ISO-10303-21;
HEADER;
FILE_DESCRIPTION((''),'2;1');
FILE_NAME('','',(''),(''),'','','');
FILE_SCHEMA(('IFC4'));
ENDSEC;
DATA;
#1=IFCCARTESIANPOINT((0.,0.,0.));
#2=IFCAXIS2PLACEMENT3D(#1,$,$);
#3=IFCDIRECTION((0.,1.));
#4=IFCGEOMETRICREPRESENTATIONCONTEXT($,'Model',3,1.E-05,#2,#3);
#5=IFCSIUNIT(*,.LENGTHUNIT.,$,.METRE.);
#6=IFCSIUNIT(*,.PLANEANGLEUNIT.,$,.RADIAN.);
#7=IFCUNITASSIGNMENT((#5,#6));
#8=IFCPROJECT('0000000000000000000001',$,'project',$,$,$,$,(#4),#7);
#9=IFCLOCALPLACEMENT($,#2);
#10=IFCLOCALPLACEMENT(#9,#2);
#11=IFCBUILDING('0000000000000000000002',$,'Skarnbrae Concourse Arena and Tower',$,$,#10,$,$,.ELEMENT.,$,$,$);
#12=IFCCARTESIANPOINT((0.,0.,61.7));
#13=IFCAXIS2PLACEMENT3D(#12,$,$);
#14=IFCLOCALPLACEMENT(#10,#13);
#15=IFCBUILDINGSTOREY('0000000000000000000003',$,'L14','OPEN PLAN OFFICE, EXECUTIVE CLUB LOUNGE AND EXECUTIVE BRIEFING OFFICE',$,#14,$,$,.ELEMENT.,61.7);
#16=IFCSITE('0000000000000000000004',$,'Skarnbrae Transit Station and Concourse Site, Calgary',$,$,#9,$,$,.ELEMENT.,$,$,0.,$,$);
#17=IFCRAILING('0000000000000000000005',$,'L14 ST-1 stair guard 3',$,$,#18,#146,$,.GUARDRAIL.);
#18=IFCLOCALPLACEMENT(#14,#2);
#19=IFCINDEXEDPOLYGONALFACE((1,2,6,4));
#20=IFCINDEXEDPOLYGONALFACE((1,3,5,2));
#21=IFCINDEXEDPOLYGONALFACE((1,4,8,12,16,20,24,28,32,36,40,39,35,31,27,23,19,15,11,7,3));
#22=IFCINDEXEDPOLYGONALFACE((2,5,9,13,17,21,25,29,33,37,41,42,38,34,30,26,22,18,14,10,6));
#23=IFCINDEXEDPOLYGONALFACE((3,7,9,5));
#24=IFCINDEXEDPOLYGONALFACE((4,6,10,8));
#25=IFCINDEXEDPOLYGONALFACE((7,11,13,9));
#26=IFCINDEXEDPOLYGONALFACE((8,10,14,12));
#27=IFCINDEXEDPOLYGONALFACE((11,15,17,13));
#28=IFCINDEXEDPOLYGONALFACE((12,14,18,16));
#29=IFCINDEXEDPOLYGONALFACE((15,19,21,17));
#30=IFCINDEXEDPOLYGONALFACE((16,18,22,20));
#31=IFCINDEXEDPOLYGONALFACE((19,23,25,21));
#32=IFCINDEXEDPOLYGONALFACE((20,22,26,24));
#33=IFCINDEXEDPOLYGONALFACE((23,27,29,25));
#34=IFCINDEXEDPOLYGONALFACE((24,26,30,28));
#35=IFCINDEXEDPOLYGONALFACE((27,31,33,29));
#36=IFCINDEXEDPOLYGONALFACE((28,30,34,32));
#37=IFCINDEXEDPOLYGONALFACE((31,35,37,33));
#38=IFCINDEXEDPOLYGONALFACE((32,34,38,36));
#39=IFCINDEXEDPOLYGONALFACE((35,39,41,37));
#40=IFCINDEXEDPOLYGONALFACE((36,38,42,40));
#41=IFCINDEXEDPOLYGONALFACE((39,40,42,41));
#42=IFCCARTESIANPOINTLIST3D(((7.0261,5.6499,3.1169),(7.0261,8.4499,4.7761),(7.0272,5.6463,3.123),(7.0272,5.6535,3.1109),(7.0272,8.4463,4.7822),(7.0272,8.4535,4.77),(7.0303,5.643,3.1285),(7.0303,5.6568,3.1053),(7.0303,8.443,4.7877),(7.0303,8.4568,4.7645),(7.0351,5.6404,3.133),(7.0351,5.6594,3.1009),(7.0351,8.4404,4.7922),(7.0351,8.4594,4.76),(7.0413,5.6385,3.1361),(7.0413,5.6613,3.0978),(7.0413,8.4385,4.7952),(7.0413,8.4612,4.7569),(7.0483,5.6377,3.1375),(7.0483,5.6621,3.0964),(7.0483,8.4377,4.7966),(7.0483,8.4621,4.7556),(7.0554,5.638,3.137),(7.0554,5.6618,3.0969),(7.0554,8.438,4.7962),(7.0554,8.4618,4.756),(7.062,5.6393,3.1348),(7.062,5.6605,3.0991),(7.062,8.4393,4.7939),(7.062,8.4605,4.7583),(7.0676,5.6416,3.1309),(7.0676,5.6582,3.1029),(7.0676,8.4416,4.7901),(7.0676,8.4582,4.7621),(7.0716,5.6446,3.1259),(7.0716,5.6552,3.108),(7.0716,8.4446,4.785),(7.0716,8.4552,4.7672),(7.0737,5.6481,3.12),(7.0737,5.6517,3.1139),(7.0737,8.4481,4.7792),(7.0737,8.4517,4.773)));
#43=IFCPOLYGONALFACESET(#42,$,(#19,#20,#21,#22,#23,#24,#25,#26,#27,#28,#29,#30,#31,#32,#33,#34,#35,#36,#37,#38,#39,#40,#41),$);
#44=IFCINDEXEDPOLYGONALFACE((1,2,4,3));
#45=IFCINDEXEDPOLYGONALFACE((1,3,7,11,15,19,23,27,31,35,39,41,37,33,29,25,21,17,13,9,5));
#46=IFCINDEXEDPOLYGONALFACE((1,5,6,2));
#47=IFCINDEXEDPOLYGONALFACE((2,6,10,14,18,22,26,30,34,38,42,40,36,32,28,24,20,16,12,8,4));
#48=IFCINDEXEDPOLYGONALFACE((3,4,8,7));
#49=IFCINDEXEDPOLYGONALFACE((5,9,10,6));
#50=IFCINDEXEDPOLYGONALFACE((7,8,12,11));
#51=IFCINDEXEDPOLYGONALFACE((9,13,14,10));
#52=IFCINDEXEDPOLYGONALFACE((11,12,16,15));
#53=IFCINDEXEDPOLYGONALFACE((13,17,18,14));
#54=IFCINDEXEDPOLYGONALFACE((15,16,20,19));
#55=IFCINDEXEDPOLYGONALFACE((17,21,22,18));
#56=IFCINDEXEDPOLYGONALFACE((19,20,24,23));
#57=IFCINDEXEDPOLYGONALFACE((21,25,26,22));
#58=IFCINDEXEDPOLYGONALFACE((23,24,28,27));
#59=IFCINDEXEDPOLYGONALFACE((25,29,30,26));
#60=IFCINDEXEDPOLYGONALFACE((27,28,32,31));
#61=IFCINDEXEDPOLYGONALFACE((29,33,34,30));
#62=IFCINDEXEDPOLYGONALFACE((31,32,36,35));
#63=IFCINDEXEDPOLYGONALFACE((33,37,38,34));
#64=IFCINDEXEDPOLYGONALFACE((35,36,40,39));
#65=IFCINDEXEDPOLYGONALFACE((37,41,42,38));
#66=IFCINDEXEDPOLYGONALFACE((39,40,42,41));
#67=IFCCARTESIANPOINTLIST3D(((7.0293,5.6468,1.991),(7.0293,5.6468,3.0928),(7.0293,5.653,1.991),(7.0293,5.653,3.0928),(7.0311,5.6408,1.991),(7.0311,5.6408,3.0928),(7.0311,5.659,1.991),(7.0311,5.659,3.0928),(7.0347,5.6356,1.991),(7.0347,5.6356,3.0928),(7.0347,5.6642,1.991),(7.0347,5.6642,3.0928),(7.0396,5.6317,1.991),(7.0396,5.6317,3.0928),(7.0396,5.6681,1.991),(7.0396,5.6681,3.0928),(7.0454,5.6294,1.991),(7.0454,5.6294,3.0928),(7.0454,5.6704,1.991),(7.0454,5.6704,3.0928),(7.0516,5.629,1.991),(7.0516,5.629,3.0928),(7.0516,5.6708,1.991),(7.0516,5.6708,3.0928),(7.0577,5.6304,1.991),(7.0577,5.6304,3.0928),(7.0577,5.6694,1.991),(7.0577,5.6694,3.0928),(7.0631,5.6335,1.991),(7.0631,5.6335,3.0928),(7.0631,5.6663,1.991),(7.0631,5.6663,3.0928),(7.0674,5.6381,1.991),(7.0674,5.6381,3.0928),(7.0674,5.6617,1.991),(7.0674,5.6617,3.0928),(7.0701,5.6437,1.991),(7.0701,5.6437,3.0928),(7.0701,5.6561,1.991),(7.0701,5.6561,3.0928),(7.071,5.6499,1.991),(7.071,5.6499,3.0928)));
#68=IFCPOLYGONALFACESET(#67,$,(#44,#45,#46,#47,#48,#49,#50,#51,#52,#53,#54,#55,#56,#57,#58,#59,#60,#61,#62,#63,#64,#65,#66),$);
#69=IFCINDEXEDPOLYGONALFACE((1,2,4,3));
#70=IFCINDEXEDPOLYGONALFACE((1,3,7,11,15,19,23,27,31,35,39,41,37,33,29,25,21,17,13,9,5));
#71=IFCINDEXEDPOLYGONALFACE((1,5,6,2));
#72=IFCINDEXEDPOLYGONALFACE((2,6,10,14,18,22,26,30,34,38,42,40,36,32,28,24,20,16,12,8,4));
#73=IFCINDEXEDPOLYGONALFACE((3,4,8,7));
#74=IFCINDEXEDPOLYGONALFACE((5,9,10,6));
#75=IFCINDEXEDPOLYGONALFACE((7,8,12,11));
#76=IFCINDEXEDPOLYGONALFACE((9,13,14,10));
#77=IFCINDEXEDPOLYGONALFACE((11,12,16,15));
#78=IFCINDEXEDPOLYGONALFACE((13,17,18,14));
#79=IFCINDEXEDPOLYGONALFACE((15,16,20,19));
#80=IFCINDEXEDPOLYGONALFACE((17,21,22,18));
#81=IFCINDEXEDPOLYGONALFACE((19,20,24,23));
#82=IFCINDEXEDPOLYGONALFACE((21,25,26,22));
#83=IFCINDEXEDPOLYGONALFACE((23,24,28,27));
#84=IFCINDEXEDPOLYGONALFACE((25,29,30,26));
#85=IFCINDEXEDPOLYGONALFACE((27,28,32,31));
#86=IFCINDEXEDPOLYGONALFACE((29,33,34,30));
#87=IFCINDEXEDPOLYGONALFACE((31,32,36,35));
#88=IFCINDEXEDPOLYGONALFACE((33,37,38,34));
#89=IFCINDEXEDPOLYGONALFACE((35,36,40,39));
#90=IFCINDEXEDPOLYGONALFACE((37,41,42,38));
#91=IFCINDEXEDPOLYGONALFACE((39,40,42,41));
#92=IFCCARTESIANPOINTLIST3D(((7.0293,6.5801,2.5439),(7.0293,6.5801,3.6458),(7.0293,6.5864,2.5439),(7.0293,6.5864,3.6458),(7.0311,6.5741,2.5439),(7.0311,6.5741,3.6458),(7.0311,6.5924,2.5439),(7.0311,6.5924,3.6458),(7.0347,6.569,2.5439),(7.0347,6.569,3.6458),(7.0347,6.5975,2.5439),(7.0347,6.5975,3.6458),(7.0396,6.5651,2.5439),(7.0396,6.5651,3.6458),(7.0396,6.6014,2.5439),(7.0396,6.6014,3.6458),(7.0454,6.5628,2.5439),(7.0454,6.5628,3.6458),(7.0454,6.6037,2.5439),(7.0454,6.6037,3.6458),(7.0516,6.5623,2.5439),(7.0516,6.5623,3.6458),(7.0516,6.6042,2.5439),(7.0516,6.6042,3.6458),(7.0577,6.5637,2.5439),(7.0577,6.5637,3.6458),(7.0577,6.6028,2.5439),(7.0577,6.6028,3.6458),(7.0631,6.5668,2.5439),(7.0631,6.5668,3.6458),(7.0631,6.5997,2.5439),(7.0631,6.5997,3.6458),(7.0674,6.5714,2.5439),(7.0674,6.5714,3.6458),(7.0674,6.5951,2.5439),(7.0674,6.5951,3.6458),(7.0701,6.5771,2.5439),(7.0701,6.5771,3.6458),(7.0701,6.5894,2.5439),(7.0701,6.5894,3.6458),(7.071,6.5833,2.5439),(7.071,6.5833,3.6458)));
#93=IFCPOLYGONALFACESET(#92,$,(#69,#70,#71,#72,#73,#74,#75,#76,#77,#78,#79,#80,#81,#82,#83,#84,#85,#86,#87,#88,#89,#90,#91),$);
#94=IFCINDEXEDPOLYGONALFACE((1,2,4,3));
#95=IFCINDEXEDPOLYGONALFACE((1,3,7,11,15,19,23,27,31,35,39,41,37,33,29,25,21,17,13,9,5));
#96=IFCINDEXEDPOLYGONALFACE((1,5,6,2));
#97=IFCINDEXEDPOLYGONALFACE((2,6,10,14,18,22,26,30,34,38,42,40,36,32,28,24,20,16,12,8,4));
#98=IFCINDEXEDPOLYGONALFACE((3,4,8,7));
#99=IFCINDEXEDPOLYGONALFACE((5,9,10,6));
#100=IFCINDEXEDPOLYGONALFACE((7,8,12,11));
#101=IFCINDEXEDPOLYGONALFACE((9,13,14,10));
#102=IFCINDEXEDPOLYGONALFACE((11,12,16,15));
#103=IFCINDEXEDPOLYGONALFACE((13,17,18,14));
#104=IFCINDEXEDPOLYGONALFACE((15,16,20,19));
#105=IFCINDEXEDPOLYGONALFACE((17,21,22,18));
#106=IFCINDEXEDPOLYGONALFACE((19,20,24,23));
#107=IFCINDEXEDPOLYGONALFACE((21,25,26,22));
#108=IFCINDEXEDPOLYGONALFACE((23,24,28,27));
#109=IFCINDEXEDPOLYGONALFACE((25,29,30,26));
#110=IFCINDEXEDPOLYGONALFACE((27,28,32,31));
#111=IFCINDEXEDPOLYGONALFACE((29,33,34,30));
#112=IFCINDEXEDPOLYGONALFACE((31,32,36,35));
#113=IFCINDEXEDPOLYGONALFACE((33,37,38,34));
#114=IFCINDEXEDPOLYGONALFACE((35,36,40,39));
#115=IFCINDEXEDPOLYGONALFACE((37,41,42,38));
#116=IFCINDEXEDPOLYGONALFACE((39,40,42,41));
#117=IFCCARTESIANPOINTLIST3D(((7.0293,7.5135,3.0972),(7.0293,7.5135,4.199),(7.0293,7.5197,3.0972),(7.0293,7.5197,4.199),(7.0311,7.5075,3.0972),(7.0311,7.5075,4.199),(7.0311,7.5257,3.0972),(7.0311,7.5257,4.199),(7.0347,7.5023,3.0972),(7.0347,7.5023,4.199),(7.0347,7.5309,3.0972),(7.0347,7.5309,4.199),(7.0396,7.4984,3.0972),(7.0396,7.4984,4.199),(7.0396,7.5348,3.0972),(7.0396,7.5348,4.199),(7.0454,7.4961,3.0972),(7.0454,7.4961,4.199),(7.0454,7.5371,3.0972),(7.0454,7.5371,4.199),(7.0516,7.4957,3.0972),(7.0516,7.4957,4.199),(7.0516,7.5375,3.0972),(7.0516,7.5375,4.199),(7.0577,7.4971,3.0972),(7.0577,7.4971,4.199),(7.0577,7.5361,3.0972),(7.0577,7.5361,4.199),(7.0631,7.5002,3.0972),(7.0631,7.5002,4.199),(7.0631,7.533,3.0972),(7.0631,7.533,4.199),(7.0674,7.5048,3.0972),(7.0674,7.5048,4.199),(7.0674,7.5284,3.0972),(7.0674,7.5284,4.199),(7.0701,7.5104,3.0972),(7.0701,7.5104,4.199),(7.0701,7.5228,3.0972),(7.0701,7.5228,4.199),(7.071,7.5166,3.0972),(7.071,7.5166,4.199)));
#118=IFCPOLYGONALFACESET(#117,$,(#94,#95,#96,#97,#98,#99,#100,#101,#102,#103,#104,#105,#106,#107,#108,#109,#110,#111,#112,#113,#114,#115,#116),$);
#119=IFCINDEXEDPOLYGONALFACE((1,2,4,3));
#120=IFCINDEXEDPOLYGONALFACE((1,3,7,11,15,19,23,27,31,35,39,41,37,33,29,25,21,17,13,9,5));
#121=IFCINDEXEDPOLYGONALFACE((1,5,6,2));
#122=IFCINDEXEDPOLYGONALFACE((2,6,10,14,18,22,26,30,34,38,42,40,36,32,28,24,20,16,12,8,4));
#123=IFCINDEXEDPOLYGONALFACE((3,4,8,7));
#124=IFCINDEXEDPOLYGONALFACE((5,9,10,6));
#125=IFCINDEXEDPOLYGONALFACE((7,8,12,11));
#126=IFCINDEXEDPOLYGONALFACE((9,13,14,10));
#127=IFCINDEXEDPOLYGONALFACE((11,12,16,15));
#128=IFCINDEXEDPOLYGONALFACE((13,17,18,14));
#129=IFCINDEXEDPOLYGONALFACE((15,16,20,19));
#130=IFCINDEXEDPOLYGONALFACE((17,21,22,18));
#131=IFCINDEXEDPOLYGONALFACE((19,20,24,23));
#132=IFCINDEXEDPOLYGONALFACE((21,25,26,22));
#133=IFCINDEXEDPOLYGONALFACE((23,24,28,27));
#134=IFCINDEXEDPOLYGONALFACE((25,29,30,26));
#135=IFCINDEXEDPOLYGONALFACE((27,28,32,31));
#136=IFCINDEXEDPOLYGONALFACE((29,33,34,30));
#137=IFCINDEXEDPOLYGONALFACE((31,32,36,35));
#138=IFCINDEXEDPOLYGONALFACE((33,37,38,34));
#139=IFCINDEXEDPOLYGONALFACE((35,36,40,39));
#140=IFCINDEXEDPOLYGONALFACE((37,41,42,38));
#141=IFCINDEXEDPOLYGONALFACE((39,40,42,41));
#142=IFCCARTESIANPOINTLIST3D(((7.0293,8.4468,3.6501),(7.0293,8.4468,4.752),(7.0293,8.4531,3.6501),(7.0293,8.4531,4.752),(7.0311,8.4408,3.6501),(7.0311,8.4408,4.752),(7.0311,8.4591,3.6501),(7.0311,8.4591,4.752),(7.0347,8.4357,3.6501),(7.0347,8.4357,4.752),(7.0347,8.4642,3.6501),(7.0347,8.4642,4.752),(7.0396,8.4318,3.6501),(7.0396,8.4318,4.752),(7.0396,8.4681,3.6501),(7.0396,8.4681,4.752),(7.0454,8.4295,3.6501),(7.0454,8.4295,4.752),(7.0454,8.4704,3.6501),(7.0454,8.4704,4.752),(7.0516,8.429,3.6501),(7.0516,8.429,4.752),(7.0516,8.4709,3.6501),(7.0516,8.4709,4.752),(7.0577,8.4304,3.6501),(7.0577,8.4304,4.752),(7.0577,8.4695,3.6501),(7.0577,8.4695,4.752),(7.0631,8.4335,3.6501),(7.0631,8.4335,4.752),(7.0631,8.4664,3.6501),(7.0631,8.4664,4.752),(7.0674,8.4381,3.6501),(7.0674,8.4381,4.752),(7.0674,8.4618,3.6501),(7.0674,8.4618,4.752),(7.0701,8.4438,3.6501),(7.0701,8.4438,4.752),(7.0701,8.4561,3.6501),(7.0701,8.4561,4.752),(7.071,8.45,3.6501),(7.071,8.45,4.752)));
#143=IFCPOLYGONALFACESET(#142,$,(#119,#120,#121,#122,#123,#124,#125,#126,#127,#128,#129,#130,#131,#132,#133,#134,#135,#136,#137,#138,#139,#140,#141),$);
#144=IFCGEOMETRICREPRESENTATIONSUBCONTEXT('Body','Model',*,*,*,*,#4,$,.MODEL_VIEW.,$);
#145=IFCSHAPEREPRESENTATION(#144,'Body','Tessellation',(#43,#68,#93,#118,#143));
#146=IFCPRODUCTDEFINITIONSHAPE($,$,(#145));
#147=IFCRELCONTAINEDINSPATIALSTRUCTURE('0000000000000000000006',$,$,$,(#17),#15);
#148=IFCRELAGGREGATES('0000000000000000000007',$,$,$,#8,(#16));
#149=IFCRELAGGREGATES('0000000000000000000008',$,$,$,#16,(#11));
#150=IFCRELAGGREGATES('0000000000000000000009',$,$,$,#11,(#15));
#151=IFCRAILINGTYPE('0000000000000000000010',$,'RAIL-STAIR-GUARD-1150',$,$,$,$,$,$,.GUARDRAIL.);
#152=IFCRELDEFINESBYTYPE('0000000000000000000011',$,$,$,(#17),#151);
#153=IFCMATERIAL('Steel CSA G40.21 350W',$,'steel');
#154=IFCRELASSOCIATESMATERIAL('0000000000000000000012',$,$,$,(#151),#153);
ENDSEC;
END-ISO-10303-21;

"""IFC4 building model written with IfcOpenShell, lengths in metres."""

from ifc_helpers import new_model, si_unit, direction, frame, origin, origin_2d, place, context, subcontext, project, spatial, circle, extrude, material, type_object, element, save


model = new_model("IFC4")

# Units and contexts
model_context = context("Model", 3, precision=1e-05, world=origin(), true_north=direction((0.0, 1.0)))
body_context = subcontext(model_context, "Body", "Model", "MODEL_VIEW")
ifc_project = project(units=[si_unit("LENGTHUNIT", "METRE"), si_unit("PLANEANGLEUNIT", "RADIAN")], contexts=[model_context])

# Site, building, storey
site_placement = place(None, origin())
site = spatial("IfcSite", under=ifc_project, at=site_placement, Name="Skarnbrae Transit Station and Concourse Site, Calgary", CompositionType="ELEMENT", RefElevation=0.0)
building_placement = place(site_placement, origin())
building = spatial("IfcBuilding", under=site, at=building_placement, Name="Skarnbrae Concourse Arena and Tower", CompositionType="ELEMENT")
storey_placement = place(building_placement, frame((0.0, 0.0, 61.7)))
storey = spatial("IfcBuildingStorey", under=building, at=storey_placement, Name="L14", Description="OPEN PLAN OFFICE, EXECUTIVE CLUB LOUNGE AND EXECUTIVE BRIEFING OFFICE", CompositionType="ELEMENT", Elevation=61.7)

# Shared definitions
ifc_material_1 = material(Name="Steel CSA G40.21 350W", Category="steel")

# Railing
railing_type_1 = type_object("IfcRailingType", Name="RAIL-STAIR-GUARD-1150", PredefinedType="GUARDRAIL", material=ifc_material_1)
railing_1_placement = place(storey_placement, frame((7.05, 5.6499, 1.991)))
element("IfcRailing", 1, at=railing_1_placement, inside=storey, type_object=railing_type_1, Name="L14 ST-1 stair guard 3", PredefinedType="GUARDRAIL", context=body_context, shape_type="SweptSolid", body=[
    extrude(circle(Radius=0.0239, at=origin_2d()), frame((0.0, 0.0, 1.126), z_axis=(0.0, 0.860306, 0.509778), x_axis=(-1.0, 0.0, 0.0)), (0.0, 0.0, 1.0), 3.2546),
    extrude(circle(Radius=0.021, at=origin_2d()), origin(), (0.0, 0.0, 1.0), 1.1018),
    extrude(circle(Radius=0.021, at=origin_2d()), frame((0.0, 0.9333, 0.553)), (0.0, 0.0, 1.0), 1.1018),
    extrude(circle(Radius=0.021, at=origin_2d()), frame((0.0, 1.8667, 1.1062)), (0.0, 0.0, 1.0), 1.1018),
    extrude(circle(Radius=0.021, at=origin_2d()), frame((0.0, 2.8, 1.6592)), (0.0, 0.0, 1.0), 1.1018),
])

save(model, "model.ifc")
